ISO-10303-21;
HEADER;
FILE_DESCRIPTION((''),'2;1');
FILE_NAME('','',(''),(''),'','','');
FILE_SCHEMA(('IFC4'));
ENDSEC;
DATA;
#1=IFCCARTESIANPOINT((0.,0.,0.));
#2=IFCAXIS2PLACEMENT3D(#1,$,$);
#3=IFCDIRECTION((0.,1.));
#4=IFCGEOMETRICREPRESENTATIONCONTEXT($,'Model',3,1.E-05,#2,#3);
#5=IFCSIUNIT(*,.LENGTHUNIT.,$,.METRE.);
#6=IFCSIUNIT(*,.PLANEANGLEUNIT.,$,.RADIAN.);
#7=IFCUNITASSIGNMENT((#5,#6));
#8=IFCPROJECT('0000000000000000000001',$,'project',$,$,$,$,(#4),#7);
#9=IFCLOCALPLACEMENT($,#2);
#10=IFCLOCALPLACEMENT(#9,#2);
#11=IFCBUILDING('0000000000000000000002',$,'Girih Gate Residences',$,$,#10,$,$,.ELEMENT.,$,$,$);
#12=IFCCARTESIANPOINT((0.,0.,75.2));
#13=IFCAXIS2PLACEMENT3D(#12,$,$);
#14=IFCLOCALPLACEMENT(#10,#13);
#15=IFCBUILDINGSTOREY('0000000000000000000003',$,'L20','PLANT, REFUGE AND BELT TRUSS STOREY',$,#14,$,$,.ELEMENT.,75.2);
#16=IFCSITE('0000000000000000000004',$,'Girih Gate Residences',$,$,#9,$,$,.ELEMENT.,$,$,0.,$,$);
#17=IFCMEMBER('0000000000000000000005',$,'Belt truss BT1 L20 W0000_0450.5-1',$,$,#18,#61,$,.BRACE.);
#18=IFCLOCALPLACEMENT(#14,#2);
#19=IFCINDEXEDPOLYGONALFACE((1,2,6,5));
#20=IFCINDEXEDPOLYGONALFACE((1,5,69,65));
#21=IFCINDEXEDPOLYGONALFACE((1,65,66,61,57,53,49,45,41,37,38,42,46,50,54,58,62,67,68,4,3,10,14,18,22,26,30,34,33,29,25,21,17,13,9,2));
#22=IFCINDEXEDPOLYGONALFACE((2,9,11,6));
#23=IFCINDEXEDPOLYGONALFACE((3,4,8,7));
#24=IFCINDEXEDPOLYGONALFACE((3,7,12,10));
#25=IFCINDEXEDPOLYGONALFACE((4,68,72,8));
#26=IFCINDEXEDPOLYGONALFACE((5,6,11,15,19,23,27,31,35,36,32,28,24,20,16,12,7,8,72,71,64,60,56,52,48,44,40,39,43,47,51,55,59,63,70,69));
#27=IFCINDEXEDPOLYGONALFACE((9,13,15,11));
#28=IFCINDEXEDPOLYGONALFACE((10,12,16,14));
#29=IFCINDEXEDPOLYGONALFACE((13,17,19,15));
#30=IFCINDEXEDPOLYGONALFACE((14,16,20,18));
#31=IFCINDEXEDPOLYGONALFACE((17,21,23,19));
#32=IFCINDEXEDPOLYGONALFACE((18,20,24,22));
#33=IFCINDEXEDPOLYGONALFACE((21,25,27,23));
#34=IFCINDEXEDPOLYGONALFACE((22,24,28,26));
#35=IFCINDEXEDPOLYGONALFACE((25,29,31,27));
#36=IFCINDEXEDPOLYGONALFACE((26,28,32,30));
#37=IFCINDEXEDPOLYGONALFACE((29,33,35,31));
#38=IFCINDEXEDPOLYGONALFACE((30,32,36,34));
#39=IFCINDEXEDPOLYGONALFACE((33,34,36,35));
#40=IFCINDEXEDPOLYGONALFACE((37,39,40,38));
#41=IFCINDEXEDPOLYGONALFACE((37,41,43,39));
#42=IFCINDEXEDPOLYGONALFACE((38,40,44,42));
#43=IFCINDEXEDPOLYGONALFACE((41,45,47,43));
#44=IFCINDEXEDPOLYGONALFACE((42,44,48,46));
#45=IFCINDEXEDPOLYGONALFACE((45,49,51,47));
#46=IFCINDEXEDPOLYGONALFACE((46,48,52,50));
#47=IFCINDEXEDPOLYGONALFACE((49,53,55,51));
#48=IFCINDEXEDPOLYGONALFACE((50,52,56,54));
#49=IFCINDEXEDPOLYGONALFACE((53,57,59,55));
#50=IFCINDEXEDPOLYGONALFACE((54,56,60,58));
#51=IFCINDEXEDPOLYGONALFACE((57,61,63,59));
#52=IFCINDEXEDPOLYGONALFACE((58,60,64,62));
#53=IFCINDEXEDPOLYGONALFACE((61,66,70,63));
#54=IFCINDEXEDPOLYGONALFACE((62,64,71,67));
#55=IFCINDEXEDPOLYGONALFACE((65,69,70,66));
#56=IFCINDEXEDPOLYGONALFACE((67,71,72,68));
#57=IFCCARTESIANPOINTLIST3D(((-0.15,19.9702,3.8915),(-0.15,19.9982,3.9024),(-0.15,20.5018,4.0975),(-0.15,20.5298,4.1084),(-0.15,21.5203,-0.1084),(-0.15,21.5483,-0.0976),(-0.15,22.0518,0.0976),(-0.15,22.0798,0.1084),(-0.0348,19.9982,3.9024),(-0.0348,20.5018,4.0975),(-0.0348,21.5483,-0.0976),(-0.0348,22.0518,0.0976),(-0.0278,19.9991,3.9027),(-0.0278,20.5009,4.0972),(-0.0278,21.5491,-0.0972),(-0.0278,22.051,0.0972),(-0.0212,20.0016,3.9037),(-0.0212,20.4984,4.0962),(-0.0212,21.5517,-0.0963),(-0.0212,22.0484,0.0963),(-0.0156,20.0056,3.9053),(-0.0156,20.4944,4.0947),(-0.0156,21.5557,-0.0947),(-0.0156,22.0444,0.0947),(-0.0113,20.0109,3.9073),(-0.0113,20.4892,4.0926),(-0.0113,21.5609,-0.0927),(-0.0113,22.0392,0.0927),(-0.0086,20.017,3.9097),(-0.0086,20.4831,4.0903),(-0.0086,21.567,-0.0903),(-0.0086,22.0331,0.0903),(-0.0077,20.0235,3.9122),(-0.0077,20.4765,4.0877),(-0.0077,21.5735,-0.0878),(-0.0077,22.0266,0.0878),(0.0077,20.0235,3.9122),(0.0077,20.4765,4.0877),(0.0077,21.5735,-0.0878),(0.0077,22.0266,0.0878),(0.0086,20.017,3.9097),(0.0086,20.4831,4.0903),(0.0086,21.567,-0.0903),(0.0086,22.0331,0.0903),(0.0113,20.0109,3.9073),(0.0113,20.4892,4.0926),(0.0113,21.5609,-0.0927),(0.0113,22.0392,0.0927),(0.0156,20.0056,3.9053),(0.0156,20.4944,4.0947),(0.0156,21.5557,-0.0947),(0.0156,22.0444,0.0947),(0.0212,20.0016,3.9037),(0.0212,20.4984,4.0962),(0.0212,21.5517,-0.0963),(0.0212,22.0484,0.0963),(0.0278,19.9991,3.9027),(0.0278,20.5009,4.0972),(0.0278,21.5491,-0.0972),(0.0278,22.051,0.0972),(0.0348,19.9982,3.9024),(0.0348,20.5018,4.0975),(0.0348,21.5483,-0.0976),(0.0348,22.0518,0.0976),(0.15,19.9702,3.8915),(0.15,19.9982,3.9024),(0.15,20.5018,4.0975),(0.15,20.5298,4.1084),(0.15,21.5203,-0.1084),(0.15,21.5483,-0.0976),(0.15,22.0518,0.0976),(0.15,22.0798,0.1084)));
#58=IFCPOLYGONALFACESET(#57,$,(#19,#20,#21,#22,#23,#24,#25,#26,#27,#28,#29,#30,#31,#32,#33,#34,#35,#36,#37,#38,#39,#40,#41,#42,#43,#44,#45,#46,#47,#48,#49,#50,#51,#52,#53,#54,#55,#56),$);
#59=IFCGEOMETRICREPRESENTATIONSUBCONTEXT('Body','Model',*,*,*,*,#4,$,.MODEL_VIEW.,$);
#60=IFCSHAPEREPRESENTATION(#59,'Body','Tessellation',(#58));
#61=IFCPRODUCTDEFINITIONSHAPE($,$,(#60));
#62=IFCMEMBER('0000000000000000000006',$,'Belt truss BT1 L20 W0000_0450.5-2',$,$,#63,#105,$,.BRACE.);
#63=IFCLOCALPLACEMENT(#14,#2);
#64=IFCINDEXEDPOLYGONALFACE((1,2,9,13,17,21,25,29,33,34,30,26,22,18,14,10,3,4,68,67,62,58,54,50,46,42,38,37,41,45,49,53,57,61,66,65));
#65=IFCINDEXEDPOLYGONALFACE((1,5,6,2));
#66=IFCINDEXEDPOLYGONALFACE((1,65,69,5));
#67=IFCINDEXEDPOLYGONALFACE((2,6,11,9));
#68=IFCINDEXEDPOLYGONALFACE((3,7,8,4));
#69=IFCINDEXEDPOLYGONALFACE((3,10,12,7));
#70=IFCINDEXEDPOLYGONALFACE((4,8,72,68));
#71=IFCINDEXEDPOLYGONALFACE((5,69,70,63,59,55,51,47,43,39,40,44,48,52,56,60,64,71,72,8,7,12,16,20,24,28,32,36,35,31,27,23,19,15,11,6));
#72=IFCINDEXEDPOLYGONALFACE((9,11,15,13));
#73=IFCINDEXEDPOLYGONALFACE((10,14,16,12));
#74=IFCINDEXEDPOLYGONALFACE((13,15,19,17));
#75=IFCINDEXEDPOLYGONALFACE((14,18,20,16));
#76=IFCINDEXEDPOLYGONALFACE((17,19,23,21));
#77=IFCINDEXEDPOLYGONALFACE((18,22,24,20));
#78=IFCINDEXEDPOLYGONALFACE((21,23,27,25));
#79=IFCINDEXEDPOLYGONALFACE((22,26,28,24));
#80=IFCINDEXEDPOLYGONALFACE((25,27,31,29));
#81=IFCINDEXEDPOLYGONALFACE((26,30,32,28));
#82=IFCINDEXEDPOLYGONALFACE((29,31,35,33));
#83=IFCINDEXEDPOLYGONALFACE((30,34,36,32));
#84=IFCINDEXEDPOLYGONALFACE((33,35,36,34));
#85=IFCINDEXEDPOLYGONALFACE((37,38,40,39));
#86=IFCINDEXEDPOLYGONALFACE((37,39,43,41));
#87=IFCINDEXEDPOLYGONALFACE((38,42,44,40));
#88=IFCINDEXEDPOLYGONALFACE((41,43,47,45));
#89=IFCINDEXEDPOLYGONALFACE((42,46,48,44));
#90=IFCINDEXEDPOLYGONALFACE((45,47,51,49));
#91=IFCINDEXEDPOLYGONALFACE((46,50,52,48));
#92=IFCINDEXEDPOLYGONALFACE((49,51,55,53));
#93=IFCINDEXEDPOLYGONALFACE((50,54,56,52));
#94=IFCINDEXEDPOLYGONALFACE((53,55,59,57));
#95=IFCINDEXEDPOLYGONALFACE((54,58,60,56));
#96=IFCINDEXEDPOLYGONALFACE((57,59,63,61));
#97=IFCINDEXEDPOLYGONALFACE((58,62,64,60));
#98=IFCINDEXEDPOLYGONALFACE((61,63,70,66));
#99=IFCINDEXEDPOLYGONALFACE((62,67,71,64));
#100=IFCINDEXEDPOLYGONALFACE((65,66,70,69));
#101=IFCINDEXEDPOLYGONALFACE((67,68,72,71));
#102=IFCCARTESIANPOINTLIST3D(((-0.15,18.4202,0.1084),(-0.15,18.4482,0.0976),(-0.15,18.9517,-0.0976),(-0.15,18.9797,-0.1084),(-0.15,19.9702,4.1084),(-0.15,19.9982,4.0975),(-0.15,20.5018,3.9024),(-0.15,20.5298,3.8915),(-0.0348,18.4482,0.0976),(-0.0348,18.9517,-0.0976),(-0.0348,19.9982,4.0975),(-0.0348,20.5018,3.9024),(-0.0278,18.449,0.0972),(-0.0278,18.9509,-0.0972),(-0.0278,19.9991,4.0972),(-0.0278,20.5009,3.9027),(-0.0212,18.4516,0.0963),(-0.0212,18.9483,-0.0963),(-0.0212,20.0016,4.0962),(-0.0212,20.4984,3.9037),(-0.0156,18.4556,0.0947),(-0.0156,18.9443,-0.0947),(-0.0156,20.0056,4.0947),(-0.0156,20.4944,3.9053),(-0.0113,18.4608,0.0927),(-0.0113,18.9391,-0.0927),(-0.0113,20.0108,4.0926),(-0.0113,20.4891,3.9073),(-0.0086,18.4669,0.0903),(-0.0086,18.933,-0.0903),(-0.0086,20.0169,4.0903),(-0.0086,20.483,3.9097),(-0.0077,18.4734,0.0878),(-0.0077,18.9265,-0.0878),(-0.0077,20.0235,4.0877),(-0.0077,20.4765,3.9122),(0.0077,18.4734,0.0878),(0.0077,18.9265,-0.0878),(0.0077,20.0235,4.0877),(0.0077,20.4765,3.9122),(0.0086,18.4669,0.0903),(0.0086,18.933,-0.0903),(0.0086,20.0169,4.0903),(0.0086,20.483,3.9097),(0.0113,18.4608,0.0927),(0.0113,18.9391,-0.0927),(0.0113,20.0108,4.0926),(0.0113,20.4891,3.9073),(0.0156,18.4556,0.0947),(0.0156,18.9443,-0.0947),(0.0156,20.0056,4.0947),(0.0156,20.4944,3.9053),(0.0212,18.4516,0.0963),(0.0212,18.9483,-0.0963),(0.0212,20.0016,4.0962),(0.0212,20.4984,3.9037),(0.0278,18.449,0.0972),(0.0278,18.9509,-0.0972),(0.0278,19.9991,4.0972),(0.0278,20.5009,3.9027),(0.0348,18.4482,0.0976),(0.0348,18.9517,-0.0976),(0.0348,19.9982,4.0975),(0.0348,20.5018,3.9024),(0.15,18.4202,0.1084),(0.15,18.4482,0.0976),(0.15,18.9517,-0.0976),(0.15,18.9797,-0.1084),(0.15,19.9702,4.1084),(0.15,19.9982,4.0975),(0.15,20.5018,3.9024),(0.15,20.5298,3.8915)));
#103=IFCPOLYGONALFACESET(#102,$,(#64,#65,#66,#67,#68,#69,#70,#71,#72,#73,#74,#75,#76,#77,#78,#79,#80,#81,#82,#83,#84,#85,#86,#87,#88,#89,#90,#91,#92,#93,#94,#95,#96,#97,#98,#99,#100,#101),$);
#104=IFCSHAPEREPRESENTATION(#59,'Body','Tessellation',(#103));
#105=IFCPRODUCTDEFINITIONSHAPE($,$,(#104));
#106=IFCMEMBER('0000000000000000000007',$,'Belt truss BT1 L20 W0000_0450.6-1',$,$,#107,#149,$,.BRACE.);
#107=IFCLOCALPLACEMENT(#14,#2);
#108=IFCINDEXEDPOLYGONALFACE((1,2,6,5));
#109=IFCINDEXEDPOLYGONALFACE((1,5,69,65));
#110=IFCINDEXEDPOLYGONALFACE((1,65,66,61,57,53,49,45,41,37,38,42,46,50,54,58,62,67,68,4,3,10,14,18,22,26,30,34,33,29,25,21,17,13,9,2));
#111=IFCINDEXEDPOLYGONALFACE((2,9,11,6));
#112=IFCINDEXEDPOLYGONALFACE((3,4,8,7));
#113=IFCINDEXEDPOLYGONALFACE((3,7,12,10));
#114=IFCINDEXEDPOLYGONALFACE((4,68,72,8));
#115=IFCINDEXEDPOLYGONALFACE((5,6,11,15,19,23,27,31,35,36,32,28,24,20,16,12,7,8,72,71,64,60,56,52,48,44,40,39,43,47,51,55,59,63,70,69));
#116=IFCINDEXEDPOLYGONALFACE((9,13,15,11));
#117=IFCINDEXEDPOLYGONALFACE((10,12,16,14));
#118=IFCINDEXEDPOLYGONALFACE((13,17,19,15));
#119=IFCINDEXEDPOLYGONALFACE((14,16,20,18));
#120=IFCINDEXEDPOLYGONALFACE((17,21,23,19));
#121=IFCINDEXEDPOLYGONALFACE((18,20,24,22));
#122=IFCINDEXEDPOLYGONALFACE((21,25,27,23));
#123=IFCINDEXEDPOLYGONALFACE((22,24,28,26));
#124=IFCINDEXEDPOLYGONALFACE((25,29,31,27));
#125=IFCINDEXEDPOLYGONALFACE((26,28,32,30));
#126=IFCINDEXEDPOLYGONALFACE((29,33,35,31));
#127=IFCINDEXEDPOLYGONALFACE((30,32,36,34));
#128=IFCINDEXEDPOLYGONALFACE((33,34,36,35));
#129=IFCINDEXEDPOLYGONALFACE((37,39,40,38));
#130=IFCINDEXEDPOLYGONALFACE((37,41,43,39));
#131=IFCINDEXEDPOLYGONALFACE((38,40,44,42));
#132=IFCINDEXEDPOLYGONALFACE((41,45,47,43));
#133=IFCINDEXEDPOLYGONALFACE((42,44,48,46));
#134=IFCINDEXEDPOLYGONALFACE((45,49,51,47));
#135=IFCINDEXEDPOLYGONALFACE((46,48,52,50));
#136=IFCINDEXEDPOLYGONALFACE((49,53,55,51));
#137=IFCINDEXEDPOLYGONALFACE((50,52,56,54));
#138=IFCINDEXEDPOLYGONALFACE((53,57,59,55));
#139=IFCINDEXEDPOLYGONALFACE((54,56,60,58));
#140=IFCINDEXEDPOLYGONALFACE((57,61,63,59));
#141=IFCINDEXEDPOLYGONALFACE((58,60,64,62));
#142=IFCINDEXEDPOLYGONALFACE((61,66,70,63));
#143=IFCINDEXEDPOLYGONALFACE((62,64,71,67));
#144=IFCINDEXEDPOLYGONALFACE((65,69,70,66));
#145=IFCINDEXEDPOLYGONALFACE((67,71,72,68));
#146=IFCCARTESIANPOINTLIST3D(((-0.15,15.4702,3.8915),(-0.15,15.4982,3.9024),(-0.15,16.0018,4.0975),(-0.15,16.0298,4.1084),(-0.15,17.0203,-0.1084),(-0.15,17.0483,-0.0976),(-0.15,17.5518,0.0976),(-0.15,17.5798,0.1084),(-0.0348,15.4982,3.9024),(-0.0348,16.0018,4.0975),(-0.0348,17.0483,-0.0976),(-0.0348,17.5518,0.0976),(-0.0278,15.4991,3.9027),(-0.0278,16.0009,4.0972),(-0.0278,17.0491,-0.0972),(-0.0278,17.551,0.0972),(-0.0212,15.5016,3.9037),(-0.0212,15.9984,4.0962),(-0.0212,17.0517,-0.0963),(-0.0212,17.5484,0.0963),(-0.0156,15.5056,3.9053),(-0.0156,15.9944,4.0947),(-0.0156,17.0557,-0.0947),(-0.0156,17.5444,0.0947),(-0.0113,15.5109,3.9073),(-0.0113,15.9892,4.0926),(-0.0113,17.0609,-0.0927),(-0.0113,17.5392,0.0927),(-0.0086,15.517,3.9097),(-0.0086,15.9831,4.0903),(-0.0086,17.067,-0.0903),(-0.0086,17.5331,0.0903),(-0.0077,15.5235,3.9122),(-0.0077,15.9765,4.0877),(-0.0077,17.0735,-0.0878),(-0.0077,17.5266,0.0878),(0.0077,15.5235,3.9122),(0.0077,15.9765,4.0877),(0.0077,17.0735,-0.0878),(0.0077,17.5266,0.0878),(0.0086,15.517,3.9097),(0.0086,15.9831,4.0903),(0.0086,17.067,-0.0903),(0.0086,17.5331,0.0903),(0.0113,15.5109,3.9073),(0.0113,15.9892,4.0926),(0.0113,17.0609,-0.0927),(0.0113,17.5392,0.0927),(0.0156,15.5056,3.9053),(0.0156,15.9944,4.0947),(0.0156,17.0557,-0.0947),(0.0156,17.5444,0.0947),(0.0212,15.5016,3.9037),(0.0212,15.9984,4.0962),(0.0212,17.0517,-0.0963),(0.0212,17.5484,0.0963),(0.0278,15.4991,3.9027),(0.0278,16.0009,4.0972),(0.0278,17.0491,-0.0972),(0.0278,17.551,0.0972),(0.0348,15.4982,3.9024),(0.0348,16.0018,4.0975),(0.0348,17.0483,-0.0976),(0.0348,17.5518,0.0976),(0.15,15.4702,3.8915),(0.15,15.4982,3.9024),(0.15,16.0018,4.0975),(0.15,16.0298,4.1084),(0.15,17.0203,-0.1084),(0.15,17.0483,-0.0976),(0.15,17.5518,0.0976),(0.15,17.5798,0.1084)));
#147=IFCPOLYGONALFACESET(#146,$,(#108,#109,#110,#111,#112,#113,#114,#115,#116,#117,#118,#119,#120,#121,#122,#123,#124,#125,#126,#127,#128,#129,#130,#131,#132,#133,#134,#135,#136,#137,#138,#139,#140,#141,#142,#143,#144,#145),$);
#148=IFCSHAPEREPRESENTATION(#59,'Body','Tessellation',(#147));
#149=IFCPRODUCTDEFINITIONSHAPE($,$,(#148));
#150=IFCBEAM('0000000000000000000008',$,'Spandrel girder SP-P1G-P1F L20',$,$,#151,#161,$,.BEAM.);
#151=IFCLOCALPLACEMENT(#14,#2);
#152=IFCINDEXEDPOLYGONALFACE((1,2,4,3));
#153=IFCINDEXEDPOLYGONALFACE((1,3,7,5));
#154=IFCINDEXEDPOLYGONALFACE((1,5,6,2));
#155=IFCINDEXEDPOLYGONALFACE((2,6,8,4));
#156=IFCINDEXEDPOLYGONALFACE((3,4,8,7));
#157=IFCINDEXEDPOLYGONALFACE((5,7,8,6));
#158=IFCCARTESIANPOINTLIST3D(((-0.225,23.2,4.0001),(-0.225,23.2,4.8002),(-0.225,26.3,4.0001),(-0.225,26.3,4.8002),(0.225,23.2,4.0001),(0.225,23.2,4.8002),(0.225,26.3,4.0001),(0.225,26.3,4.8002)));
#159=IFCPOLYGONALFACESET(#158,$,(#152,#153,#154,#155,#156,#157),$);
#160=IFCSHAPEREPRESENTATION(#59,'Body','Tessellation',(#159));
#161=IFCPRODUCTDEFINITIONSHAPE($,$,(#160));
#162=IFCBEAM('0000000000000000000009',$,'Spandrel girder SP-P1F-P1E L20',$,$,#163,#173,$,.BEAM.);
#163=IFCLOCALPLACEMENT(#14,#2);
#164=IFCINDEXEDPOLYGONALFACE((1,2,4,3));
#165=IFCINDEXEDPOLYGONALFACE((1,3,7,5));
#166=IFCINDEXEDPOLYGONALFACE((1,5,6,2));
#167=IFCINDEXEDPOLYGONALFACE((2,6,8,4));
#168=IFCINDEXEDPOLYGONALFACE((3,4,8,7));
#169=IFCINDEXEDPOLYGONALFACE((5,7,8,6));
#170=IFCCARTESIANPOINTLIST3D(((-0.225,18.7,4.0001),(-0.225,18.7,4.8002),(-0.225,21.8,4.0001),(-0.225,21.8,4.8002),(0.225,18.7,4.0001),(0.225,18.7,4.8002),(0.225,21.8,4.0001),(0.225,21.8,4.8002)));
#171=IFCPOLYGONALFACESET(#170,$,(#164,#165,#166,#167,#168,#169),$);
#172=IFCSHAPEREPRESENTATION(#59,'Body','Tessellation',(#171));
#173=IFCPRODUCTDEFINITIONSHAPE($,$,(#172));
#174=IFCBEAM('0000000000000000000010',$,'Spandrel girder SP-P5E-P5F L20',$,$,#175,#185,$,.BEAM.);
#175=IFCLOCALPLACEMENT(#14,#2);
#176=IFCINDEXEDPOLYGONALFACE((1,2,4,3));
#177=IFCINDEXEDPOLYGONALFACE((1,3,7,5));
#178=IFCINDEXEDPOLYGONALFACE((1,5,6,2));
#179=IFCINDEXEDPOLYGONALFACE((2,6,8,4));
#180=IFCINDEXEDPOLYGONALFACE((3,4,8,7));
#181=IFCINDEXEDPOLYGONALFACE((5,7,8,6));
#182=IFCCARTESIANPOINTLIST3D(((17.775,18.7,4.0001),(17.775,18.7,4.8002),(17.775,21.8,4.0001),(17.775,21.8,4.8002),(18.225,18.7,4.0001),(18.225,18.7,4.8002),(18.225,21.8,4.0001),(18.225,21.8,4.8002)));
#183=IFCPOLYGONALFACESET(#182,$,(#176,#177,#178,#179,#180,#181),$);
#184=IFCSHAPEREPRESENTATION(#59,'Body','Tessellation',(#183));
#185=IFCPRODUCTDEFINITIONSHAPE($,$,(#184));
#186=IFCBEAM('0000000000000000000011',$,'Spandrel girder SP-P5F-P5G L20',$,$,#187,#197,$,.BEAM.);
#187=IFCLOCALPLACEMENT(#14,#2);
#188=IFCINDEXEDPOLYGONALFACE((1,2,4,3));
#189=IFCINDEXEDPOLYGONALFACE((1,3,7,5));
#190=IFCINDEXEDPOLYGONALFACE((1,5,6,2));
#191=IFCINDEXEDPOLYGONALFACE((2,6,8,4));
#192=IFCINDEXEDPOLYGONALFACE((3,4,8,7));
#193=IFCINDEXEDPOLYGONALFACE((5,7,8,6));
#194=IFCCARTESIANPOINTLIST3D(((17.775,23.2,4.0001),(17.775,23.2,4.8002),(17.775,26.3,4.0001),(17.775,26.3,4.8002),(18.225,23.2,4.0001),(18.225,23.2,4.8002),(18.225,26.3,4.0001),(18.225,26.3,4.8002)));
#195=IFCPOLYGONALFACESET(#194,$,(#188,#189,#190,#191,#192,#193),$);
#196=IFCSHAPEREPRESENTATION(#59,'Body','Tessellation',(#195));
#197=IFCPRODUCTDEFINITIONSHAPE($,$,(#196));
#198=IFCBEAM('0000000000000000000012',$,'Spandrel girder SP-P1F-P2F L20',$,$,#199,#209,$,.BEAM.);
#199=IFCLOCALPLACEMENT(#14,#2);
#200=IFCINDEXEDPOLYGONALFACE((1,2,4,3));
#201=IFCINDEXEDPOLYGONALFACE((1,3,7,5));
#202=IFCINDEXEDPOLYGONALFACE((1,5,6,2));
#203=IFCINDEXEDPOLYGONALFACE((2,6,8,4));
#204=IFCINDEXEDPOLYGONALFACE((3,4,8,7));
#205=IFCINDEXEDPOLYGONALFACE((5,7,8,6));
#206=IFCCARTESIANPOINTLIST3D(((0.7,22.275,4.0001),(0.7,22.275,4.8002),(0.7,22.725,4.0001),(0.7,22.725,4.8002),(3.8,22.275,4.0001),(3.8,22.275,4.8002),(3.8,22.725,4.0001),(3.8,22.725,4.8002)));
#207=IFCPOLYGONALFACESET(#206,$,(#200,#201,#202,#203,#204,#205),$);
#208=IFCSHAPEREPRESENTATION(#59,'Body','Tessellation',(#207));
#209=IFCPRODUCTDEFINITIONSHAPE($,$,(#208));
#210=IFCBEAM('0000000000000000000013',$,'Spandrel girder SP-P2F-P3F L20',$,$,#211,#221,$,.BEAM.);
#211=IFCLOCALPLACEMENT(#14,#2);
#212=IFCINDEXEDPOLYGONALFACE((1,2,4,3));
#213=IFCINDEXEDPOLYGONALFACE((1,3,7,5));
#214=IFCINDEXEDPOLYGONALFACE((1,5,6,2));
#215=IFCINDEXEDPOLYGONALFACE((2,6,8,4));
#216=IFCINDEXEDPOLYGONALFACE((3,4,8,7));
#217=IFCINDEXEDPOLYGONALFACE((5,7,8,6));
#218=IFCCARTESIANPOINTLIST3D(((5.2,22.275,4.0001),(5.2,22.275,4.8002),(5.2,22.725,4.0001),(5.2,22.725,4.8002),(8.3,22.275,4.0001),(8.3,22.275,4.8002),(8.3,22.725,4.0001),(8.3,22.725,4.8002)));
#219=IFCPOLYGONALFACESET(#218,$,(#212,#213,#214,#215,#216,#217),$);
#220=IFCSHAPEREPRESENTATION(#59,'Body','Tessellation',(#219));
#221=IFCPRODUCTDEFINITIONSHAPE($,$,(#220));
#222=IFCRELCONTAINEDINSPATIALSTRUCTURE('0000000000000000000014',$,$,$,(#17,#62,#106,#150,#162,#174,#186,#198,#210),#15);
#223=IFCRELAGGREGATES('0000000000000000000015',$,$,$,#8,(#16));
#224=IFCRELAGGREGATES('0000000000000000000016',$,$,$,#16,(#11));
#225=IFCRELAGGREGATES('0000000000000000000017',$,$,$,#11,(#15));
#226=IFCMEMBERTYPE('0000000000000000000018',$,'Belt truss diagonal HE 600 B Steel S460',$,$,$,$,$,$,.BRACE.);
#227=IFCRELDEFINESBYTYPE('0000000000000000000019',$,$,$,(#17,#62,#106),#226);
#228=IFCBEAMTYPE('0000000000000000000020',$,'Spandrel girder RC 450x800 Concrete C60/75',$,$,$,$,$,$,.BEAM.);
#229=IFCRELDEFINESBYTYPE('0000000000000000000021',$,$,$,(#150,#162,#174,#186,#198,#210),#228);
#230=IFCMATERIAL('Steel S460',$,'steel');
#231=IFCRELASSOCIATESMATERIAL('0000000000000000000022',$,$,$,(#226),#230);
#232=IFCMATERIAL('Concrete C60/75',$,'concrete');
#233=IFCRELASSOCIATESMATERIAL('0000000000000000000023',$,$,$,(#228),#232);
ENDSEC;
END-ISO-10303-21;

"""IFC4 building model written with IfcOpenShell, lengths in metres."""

from ifc_helpers import new_model, si_unit, direction, frame, origin, origin_2d, place, context, subcontext, project, spatial, rectangle, i_section, extrude, material, material_profile, profile_set, type_object, element, save


model = new_model("IFC4")

# Units and contexts
model_context = context("Model", 3, precision=1e-05, world=origin(), true_north=direction((0.0, 1.0)))
body_context = subcontext(model_context, "Body", "Model", "MODEL_VIEW")
ifc_project = project(units=[si_unit("LENGTHUNIT", "METRE"), si_unit("PLANEANGLEUNIT", "RADIAN")], contexts=[model_context])

# Site, building, storey
site_placement = place(None, origin())
site = spatial("IfcSite", under=ifc_project, at=site_placement, Name="Girih Gate Residences", CompositionType="ELEMENT", RefElevation=0.0)
building_placement = place(site_placement, origin())
building = spatial("IfcBuilding", under=site, at=building_placement, Name="Girih Gate Residences", CompositionType="ELEMENT")
storey_placement = place(building_placement, frame((0.0, 0.0, 75.2)))
storey = spatial("IfcBuildingStorey", under=building, at=storey_placement, Name="L20", Description="PLANT, REFUGE AND BELT TRUSS STOREY", CompositionType="ELEMENT", Elevation=75.2)

# Members
ifc_material_1 = material(Name="Steel S460", Category="steel")
ifc_material_profile_1 = material_profile(ifc_material_1, i_section(OverallWidth=0.3, OverallDepth=0.6001, WebThickness=0.0154, FlangeThickness=0.03, FilletRadius=0.0271, at=origin_2d()))
ifc_profile_set_1 = profile_set([ifc_material_profile_1], Name="Steel S460")
member_type = type_object("IfcMemberType", Name="Belt truss diagonal HE 600 B Steel S460", PredefinedType="BRACE", material=ifc_profile_set_1)
for number, where, z_axis, x_axis, name in (
    (1, (0.0, 21.8, 0.0), (0.0, -0.361331, 0.932438), (1.0, 0.0, 0.0), "Belt truss BT1 L20 W0000_0450.5-1"),
    (2, (0.0, 18.7, 0.0), (0.0, 0.361331, 0.932438), (-1.0, 0.0, 0.0), "Belt truss BT1 L20 W0000_0450.5-2"),
    (3, (0.0, 17.3, 0.0), (0.0, -0.361331, 0.932438), (1.0, 0.0, 0.0), "Belt truss BT1 L20 W0000_0450.6-1"),
):
    element("IfcMember", number, at=place(storey_placement, frame(where, z_axis=z_axis, x_axis=x_axis)), inside=storey, type_object=member_type, Name=name, PredefinedType="BRACE", context=body_context, shape_type="SweptSolid", body=[
        extrude(i_section(OverallWidth=0.3, OverallDepth=0.6001, WebThickness=0.0154, FlangeThickness=0.03, FilletRadius=0.0271, at=origin_2d()), origin(), (0.0, 0.0, 1.0), 4.2898),
    ])

# Beams
ifc_material_2 = material(Name="Concrete C60/75", Category="concrete")
ifc_material_profile_2 = material_profile(ifc_material_2, rectangle(XDim=0.45, YDim=0.8, at=origin_2d()))
ifc_profile_set_2 = profile_set([ifc_material_profile_2], Name="Concrete C60/75")
beam_type = type_object("IfcBeamType", Name="Spandrel girder RC 450x800 Concrete C60/75", PredefinedType="BEAM", material=ifc_profile_set_2)
for number, where, z_axis, x_axis, name in (
    (4, (0.0, 26.3, 4.4001), (0.0, -1.0, 0.0), (1.0, 0.0, 0.0), "Spandrel girder SP-P1G-P1F L20"),
    (5, (0.0, 21.8, 4.4001), (0.0, -1.0, 0.0), (1.0, 0.0, 0.0), "Spandrel girder SP-P1F-P1E L20"),
    (6, (18.0, 18.7, 4.4001), (0.0, 1.0, 0.0), (-1.0, 0.0, 0.0), "Spandrel girder SP-P5E-P5F L20"),
    (7, (18.0, 23.2, 4.4001), (0.0, 1.0, 0.0), (-1.0, 0.0, 0.0), "Spandrel girder SP-P5F-P5G L20"),
    (8, (0.7, 22.5, 4.4001), (1.0, 0.0, 0.0), (0.0, 1.0, 0.0), "Spandrel girder SP-P1F-P2F L20"),
    (9, (5.2, 22.5, 4.4001), (1.0, 0.0, 0.0), (0.0, 1.0, 0.0), "Spandrel girder SP-P2F-P3F L20"),
):
    element("IfcBeam", number, at=place(storey_placement, frame(where, z_axis=z_axis, x_axis=x_axis)), inside=storey, type_object=beam_type, Name=name, PredefinedType="BEAM", context=body_context, shape_type="SweptSolid", body=[
        extrude(rectangle(XDim=0.45, YDim=0.8, at=origin_2d()), origin(), (0.0, 0.0, 1.0), 3.1001),
    ])

save(model, "model.ifc")
